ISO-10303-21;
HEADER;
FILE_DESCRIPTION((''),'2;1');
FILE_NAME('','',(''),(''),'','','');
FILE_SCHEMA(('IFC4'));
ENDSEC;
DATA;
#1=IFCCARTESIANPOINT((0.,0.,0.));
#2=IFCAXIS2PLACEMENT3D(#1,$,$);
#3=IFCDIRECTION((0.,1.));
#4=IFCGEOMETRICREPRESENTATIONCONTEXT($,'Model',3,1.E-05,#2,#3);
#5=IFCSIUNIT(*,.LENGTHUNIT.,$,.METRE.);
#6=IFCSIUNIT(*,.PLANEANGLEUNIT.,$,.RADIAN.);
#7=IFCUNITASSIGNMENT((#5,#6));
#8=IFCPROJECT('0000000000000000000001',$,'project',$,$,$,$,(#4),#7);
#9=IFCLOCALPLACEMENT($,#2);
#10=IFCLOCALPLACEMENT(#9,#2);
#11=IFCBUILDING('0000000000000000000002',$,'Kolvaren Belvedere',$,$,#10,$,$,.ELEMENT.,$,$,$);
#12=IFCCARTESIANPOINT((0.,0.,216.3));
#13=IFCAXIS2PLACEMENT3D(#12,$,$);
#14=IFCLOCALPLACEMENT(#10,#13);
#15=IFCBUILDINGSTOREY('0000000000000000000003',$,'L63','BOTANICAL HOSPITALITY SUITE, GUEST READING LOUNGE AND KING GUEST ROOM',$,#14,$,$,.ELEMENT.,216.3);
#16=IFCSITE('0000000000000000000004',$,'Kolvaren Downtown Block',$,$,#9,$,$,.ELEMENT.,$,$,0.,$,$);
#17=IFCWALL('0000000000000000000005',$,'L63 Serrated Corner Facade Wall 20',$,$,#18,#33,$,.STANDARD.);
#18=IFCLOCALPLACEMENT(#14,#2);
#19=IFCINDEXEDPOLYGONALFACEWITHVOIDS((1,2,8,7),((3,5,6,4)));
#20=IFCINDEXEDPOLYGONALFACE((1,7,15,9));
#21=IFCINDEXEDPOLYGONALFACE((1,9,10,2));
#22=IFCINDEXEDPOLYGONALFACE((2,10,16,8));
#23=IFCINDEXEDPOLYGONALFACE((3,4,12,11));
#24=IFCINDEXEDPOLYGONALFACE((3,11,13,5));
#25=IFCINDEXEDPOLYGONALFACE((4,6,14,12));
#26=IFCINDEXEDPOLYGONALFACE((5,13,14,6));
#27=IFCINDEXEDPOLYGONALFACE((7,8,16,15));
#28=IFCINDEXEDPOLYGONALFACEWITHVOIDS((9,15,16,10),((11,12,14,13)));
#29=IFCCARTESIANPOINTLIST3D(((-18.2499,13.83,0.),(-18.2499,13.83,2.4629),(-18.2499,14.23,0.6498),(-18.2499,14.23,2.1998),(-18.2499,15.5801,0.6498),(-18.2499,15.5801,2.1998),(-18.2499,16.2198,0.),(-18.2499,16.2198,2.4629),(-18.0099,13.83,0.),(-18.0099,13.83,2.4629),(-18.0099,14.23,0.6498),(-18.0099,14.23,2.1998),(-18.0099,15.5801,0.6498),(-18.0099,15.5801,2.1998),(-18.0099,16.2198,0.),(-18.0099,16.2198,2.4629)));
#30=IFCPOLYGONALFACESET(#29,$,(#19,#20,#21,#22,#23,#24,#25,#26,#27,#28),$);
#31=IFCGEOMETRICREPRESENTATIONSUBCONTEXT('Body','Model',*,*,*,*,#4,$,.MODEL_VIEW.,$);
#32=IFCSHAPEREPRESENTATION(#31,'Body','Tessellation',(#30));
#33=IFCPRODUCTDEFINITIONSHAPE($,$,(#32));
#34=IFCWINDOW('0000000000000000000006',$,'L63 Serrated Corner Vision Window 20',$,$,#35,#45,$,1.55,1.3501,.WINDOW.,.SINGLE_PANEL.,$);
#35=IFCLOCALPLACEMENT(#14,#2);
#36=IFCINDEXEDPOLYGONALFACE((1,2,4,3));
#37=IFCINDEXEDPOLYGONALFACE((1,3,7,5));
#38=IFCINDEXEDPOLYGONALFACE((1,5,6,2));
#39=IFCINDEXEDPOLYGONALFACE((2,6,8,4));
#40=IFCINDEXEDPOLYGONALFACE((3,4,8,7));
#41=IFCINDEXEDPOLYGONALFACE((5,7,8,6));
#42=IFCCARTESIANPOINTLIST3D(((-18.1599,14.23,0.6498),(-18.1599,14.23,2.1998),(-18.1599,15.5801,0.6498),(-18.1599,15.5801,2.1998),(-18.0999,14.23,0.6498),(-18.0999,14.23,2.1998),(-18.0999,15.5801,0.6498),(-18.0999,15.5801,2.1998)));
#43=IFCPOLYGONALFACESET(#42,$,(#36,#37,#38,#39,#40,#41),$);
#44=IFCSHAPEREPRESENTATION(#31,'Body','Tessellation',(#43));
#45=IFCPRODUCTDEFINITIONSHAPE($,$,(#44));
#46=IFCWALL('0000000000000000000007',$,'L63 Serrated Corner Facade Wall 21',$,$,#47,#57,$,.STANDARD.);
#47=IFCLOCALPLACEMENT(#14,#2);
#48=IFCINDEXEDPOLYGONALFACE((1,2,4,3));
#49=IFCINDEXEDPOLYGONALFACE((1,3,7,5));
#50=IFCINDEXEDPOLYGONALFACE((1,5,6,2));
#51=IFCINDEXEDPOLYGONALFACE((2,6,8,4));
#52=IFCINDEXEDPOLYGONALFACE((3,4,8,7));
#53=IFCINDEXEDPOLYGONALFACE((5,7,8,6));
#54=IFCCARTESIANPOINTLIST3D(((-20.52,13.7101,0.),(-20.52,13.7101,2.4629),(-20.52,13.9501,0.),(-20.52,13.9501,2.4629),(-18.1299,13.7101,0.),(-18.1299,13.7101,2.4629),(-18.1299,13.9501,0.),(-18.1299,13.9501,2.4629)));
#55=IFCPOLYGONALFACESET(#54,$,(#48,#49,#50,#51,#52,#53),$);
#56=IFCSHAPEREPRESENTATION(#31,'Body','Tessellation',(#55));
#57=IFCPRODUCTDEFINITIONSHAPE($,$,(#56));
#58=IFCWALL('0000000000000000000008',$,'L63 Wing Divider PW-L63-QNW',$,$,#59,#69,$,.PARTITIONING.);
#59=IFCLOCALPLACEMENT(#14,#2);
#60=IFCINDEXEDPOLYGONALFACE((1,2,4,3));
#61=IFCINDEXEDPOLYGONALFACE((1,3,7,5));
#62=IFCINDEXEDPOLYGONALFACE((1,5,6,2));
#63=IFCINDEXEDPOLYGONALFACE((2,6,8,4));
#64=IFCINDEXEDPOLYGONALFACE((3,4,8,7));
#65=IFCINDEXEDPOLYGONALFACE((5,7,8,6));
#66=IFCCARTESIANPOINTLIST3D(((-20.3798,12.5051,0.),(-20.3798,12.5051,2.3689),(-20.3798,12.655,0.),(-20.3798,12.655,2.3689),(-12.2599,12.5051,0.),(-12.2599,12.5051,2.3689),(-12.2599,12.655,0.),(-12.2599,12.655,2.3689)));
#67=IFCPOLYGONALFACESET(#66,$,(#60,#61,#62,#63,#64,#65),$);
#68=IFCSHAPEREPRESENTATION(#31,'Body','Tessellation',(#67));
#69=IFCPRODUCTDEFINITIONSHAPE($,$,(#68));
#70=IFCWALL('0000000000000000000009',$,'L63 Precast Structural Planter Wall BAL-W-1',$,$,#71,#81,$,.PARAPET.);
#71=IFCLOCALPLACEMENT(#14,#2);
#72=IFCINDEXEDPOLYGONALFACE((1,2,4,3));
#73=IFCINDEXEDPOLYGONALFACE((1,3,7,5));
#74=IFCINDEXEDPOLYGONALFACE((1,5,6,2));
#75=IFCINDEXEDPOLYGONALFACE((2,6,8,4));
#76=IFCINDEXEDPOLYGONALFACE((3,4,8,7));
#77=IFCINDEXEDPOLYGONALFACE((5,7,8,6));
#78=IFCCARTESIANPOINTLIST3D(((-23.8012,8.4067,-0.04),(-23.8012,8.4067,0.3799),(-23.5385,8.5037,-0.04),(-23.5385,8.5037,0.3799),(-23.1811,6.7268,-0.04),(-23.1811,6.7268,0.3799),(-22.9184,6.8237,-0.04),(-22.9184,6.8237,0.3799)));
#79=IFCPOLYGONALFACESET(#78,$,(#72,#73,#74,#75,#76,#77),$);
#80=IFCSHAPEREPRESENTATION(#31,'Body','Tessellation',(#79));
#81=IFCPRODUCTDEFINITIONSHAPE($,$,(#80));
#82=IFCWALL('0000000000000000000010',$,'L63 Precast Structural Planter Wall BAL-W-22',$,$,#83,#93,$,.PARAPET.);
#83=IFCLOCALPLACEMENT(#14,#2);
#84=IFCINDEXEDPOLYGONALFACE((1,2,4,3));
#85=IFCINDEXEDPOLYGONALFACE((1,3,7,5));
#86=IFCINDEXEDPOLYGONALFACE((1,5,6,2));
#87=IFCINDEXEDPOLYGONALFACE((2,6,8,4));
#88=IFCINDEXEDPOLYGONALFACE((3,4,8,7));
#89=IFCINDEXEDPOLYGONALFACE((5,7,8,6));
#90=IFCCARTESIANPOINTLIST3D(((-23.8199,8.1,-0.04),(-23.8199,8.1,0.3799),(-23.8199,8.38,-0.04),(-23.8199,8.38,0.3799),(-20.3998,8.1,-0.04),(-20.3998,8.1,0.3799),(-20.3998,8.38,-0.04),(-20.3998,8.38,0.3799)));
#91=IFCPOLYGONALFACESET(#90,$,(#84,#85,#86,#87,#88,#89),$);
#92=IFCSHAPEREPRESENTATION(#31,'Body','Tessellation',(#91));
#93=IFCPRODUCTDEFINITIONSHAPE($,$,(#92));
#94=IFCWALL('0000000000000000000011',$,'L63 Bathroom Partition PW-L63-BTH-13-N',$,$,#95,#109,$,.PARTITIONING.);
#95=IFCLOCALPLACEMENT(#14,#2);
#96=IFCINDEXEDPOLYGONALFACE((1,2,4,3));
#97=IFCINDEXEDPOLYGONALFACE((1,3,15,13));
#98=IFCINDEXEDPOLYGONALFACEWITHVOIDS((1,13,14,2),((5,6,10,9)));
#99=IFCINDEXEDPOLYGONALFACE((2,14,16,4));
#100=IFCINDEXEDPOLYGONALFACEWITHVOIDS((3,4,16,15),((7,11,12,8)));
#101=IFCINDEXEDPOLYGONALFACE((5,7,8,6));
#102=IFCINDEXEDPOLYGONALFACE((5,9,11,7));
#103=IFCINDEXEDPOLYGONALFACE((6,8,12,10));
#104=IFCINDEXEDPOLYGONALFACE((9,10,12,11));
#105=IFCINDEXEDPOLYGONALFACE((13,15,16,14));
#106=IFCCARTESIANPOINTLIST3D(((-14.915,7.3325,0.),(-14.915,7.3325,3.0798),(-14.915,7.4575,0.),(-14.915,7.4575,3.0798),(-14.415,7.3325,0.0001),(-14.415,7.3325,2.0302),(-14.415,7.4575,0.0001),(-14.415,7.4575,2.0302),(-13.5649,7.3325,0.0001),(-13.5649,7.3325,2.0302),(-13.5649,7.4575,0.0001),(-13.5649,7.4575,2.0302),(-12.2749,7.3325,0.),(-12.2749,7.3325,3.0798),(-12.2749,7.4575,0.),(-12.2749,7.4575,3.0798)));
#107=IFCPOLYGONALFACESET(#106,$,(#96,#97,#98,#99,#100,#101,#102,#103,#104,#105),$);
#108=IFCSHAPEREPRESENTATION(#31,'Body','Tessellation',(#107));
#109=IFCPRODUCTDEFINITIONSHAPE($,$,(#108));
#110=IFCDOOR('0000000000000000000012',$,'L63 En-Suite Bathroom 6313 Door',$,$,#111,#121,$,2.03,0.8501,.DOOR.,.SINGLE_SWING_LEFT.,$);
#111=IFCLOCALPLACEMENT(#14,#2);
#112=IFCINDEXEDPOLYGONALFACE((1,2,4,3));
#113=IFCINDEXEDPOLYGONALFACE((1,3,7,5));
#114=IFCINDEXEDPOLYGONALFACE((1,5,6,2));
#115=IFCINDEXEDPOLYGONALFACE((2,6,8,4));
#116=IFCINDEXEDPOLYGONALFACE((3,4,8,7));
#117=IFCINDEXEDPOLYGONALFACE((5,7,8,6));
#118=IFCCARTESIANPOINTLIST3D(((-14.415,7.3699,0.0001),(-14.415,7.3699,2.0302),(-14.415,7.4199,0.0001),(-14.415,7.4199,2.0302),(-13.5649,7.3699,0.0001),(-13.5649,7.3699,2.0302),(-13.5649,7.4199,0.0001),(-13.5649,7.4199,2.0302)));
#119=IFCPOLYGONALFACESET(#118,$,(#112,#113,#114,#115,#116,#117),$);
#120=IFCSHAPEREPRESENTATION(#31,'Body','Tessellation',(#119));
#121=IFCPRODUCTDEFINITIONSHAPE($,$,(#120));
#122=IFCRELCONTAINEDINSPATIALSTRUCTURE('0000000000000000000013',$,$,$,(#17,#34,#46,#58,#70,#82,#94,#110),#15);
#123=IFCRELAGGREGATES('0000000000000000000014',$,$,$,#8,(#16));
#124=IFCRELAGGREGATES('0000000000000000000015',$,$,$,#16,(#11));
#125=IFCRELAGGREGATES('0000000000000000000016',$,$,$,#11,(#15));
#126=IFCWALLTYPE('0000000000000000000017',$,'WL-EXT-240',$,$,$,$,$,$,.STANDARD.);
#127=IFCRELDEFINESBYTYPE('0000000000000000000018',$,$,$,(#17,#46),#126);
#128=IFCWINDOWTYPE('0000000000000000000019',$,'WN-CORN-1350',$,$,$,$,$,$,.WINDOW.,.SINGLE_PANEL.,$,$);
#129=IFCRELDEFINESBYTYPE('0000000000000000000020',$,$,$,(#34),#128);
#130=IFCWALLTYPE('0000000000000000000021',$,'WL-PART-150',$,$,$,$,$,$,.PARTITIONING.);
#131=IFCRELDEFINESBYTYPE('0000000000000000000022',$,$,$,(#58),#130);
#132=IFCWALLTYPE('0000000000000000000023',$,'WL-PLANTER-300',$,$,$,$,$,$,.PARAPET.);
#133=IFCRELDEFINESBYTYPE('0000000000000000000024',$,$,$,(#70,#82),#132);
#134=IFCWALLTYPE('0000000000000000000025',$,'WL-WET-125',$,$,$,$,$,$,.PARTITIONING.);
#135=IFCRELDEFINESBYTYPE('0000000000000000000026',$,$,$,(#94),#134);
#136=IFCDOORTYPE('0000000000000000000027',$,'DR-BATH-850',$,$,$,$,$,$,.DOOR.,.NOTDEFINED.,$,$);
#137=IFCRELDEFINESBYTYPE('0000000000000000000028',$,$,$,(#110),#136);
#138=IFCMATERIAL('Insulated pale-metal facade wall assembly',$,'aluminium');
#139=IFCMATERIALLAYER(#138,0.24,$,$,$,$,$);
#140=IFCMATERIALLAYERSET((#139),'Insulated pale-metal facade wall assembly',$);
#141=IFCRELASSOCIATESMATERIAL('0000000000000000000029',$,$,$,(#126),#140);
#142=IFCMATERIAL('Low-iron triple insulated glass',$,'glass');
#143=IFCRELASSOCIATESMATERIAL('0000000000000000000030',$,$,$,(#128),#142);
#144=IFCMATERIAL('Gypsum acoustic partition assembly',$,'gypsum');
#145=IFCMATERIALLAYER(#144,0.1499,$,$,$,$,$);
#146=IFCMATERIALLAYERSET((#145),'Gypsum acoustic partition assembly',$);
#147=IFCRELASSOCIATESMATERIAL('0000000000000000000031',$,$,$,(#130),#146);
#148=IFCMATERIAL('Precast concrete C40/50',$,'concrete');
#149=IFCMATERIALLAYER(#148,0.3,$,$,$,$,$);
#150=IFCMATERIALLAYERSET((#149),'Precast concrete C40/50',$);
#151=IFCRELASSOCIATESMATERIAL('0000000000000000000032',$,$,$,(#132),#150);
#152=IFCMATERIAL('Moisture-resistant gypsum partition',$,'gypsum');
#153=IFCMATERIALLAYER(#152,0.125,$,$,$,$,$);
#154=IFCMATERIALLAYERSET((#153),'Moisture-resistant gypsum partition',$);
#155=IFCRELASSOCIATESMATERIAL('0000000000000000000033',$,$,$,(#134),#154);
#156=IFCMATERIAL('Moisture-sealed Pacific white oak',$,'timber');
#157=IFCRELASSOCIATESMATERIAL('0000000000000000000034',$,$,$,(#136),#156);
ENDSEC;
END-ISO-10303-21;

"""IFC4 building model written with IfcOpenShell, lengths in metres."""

from ifc_helpers import new_model, si_unit, direction, frame, frame_2d, origin, place, context, subcontext, project, spatial, rectangle, extrude, material, layer, layer_set, type_object, element, fill, save


model = new_model("IFC4")

# Units and contexts
model_context = context("Model", 3, precision=1e-05, world=origin(), true_north=direction((0.0, 1.0)))
body_context = subcontext(model_context, "Body", "Model", "MODEL_VIEW")
ifc_project = project(units=[si_unit("LENGTHUNIT", "METRE"), si_unit("PLANEANGLEUNIT", "RADIAN")], contexts=[model_context])

# Site, building, storey
site_placement = place(None, origin())
site = spatial("IfcSite", under=ifc_project, at=site_placement, Name="Kolvaren Downtown Block", CompositionType="ELEMENT", RefElevation=0.0)
building_placement = place(site_placement, origin())
building = spatial("IfcBuilding", under=site, at=building_placement, Name="Kolvaren Belvedere", CompositionType="ELEMENT")
storey_placement = place(building_placement, frame((0.0, 0.0, 216.3)))
storey = spatial("IfcBuildingStorey", under=building, at=storey_placement, Name="L63", Description="BOTANICAL HOSPITALITY SUITE, GUEST READING LOUNGE AND KING GUEST ROOM", CompositionType="ELEMENT", Elevation=216.3)

# Shared definitions
ifc_material_1 = material(Name="Insulated pale-metal facade wall assembly", Category="aluminium")
ifc_layer_1 = layer(ifc_material_1, 0.24)
ifc_layer_set_1 = layer_set([ifc_layer_1], Name="Insulated pale-metal facade wall assembly")
wall_type_1 = type_object("IfcWallType", Name="WL-EXT-240", PredefinedType="STANDARD", material=ifc_layer_set_1)

# Wall, opening, window
ifc_material_2 = material(Name="Low-iron triple insulated glass", Category="glass")
window_type_1 = type_object("IfcWindowType", Name="WN-CORN-1350", PartitioningType="SINGLE_PANEL", PredefinedType="WINDOW", material=ifc_material_2)
wall_1_placement = place(storey_placement, frame((-18.1299, 13.8301, 0.0), z_axis=(0.0, 0.0, 1.0), x_axis=(0.0, 1.0, 0.0)))
wall_1 = element("IfcWall", 1, at=wall_1_placement, inside=storey, type_object=wall_type_1, Name="L63 Serrated Corner Facade Wall 20", PredefinedType="STANDARD", context=body_context, shape_type="SweptSolid", body=[
    extrude(rectangle(XDim=2.3899, YDim=0.24, at=frame_2d((1.1948, 0.0))), origin(), (0.0, 0.0, 1.0), 2.4629),
])
opening_1_placement = place(wall_1_placement, frame((0.3999, 0.0, 0.6499)))
opening_1 = element("IfcOpeningElement", 2, at=opening_1_placement, cuts=wall_1, PredefinedType="OPENING", context=body_context, shape_type="SweptSolid", body=[
    extrude(rectangle(XDim=1.3501, YDim=1.55, at=frame_2d((0.675, 0.7749))), frame((0.0, 0.1299, 0.0), z_axis=(0.0, -1.0, 0.0), x_axis=(1.0, 0.0, 0.0)), (0.0, 0.0, 1.0), 0.26),
])
window_1_placement = place(opening_1_placement, origin())
window_1 = element("IfcWindow", 3, at=window_1_placement, inside=storey, type_object=window_type_1, Name="L63 Serrated Corner Vision Window 20", OverallHeight=1.55, OverallWidth=1.3501, PartitioningType="SINGLE_PANEL", PredefinedType="WINDOW", context=body_context, shape_type="SweptSolid", body=[
    extrude(rectangle(XDim=1.3501, YDim=1.55, at=frame_2d((0.675, 0.7749))), frame((0.0, 0.03, 0.0), z_axis=(0.0, -1.0, 0.0), x_axis=(1.0, 0.0, 0.0)), (0.0, 0.0, 1.0), 0.0601),
])
fill(opening_1, window_1)

# Walls
wall_2_placement = place(storey_placement, frame((-20.52, 13.8301, 0.0), z_axis=(0.0, 0.0, 1.0), x_axis=(1.0, 0.0, 0.0)))
element("IfcWall", 4, at=wall_2_placement, inside=storey, type_object=wall_type_1, Name="L63 Serrated Corner Facade Wall 21", PredefinedType="STANDARD", context=body_context, shape_type="SweptSolid", body=[
    extrude(rectangle(XDim=2.3901, YDim=0.24, at=frame_2d((1.1951, 0.0))), origin(), (0.0, 0.0, 1.0), 2.4629),
])
ifc_material_3 = material(Name="Gypsum acoustic partition assembly", Category="gypsum")
ifc_layer_2 = layer(ifc_material_3, 0.1499)
ifc_layer_set_2 = layer_set([ifc_layer_2], Name="Gypsum acoustic partition assembly")
wall_type_2 = type_object("IfcWallType", Name="WL-PART-150", PredefinedType="PARTITIONING", material=ifc_layer_set_2)
wall_3_placement = place(storey_placement, frame((-20.3799, 12.5801, 0.0), z_axis=(0.0, 0.0, 1.0), x_axis=(1.0, 0.0, 0.0)))
element("IfcWall", 5, at=wall_3_placement, inside=storey, type_object=wall_type_2, Name="L63 Wing Divider PW-L63-QNW", PredefinedType="PARTITIONING", context=body_context, shape_type="SweptSolid", body=[
    extrude(rectangle(XDim=8.1199, YDim=0.1499, at=frame_2d((4.0601, 0.0))), origin(), (0.0, 0.0, 1.0), 2.3689),
])
ifc_material_4 = material(Name="Precast concrete C40/50", Category="concrete")
ifc_layer_3 = layer(ifc_material_4, 0.3)
ifc_layer_set_3 = layer_set([ifc_layer_3], Name="Precast concrete C40/50")
wall_type_3 = type_object("IfcWallType", Name="WL-PLANTER-300", PredefinedType="PARAPET", material=ifc_layer_set_3)
wall_4_placement = place(storey_placement, frame((-23.6699, 8.4553, -0.04), z_axis=(0.0, 0.0, 1.0), x_axis=(0.346293, -0.938126, 0.0)))
element("IfcWall", 6, at=wall_4_placement, inside=storey, type_object=wall_type_3, Name="L63 Precast Structural Planter Wall BAL-W-1", PredefinedType="PARAPET", context=body_context, shape_type="SweptSolid", body=[
    extrude(rectangle(XDim=1.7908, YDim=0.28, at=frame_2d((0.8955, 0.0))), origin(), (0.0, 0.0, 1.0), 0.4199),
])
wall_5_placement = place(storey_placement, frame((-20.3999, 8.24, -0.04), z_axis=(0.0, 0.0, 1.0), x_axis=(-1.0, 0.0, 0.0)))
element("IfcWall", 7, at=wall_5_placement, inside=storey, type_object=wall_type_3, Name="L63 Precast Structural Planter Wall BAL-W-22", PredefinedType="PARAPET", context=body_context, shape_type="SweptSolid", body=[
    extrude(rectangle(XDim=3.4202, YDim=0.28, at=frame_2d((1.71, 0.0))), origin(), (0.0, 0.0, 1.0), 0.4199),
])

# Wall, opening, door
ifc_material_5 = material(Name="Moisture-resistant gypsum partition", Category="gypsum")
ifc_layer_4 = layer(ifc_material_5, 0.125)
ifc_layer_set_4 = layer_set([ifc_layer_4], Name="Moisture-resistant gypsum partition")
wall_type_4 = type_object("IfcWallType", Name="WL-WET-125", PredefinedType="PARTITIONING", material=ifc_layer_set_4)
wall_6_placement = place(storey_placement, frame((-14.915, 7.395, 0.0), z_axis=(0.0, 0.0, 1.0), x_axis=(1.0, 0.0, 0.0)))
wall_6 = element("IfcWall", 8, at=wall_6_placement, inside=storey, type_object=wall_type_4, Name="L63 Bathroom Partition PW-L63-BTH-13-N", PredefinedType="PARTITIONING", context=body_context, shape_type="SweptSolid", body=[
    extrude(rectangle(XDim=2.6401, YDim=0.125, at=frame_2d((1.3201, 0.0))), origin(), (0.0, 0.0, 1.0), 3.0798),
])
opening_2_placement = place(wall_6_placement, frame((0.5, 0.0, 0.0)))
opening_2 = element("IfcOpeningElement", 9, at=opening_2_placement, cuts=wall_6, PredefinedType="OPENING", context=body_context, shape_type="SweptSolid", body=[
    extrude(rectangle(XDim=0.8501, YDim=2.03, at=frame_2d((0.425, 1.0151))), frame((0.0, 0.0725, 0.0), z_axis=(0.0, -1.0, 0.0), x_axis=(1.0, 0.0, 0.0)), (0.0, 0.0, 1.0), 0.145),
])
ifc_material_6 = material(Name="Moisture-sealed Pacific white oak", Category="timber")
door_type = type_object("IfcDoorType", Name="DR-BATH-850", OperationType="NOTDEFINED", PredefinedType="DOOR", material=ifc_material_6)
door_placement = place(opening_2_placement, origin())
door = element("IfcDoor", 10, at=door_placement, inside=storey, type_object=door_type, Name="L63 En-Suite Bathroom 6313 Door", OperationType="SINGLE_SWING_LEFT", OverallHeight=2.03, OverallWidth=0.8501, PredefinedType="DOOR", context=body_context, shape_type="SweptSolid", body=[
    extrude(rectangle(XDim=0.8501, YDim=2.03, at=frame_2d((0.425, 1.0151))), frame((0.0, 0.0249, 0.0), z_axis=(0.0, -1.0, 0.0), x_axis=(1.0, 0.0, 0.0)), (0.0, 0.0, 1.0), 0.05),
])
fill(opening_2, door)

save(model, "model.ifc")
